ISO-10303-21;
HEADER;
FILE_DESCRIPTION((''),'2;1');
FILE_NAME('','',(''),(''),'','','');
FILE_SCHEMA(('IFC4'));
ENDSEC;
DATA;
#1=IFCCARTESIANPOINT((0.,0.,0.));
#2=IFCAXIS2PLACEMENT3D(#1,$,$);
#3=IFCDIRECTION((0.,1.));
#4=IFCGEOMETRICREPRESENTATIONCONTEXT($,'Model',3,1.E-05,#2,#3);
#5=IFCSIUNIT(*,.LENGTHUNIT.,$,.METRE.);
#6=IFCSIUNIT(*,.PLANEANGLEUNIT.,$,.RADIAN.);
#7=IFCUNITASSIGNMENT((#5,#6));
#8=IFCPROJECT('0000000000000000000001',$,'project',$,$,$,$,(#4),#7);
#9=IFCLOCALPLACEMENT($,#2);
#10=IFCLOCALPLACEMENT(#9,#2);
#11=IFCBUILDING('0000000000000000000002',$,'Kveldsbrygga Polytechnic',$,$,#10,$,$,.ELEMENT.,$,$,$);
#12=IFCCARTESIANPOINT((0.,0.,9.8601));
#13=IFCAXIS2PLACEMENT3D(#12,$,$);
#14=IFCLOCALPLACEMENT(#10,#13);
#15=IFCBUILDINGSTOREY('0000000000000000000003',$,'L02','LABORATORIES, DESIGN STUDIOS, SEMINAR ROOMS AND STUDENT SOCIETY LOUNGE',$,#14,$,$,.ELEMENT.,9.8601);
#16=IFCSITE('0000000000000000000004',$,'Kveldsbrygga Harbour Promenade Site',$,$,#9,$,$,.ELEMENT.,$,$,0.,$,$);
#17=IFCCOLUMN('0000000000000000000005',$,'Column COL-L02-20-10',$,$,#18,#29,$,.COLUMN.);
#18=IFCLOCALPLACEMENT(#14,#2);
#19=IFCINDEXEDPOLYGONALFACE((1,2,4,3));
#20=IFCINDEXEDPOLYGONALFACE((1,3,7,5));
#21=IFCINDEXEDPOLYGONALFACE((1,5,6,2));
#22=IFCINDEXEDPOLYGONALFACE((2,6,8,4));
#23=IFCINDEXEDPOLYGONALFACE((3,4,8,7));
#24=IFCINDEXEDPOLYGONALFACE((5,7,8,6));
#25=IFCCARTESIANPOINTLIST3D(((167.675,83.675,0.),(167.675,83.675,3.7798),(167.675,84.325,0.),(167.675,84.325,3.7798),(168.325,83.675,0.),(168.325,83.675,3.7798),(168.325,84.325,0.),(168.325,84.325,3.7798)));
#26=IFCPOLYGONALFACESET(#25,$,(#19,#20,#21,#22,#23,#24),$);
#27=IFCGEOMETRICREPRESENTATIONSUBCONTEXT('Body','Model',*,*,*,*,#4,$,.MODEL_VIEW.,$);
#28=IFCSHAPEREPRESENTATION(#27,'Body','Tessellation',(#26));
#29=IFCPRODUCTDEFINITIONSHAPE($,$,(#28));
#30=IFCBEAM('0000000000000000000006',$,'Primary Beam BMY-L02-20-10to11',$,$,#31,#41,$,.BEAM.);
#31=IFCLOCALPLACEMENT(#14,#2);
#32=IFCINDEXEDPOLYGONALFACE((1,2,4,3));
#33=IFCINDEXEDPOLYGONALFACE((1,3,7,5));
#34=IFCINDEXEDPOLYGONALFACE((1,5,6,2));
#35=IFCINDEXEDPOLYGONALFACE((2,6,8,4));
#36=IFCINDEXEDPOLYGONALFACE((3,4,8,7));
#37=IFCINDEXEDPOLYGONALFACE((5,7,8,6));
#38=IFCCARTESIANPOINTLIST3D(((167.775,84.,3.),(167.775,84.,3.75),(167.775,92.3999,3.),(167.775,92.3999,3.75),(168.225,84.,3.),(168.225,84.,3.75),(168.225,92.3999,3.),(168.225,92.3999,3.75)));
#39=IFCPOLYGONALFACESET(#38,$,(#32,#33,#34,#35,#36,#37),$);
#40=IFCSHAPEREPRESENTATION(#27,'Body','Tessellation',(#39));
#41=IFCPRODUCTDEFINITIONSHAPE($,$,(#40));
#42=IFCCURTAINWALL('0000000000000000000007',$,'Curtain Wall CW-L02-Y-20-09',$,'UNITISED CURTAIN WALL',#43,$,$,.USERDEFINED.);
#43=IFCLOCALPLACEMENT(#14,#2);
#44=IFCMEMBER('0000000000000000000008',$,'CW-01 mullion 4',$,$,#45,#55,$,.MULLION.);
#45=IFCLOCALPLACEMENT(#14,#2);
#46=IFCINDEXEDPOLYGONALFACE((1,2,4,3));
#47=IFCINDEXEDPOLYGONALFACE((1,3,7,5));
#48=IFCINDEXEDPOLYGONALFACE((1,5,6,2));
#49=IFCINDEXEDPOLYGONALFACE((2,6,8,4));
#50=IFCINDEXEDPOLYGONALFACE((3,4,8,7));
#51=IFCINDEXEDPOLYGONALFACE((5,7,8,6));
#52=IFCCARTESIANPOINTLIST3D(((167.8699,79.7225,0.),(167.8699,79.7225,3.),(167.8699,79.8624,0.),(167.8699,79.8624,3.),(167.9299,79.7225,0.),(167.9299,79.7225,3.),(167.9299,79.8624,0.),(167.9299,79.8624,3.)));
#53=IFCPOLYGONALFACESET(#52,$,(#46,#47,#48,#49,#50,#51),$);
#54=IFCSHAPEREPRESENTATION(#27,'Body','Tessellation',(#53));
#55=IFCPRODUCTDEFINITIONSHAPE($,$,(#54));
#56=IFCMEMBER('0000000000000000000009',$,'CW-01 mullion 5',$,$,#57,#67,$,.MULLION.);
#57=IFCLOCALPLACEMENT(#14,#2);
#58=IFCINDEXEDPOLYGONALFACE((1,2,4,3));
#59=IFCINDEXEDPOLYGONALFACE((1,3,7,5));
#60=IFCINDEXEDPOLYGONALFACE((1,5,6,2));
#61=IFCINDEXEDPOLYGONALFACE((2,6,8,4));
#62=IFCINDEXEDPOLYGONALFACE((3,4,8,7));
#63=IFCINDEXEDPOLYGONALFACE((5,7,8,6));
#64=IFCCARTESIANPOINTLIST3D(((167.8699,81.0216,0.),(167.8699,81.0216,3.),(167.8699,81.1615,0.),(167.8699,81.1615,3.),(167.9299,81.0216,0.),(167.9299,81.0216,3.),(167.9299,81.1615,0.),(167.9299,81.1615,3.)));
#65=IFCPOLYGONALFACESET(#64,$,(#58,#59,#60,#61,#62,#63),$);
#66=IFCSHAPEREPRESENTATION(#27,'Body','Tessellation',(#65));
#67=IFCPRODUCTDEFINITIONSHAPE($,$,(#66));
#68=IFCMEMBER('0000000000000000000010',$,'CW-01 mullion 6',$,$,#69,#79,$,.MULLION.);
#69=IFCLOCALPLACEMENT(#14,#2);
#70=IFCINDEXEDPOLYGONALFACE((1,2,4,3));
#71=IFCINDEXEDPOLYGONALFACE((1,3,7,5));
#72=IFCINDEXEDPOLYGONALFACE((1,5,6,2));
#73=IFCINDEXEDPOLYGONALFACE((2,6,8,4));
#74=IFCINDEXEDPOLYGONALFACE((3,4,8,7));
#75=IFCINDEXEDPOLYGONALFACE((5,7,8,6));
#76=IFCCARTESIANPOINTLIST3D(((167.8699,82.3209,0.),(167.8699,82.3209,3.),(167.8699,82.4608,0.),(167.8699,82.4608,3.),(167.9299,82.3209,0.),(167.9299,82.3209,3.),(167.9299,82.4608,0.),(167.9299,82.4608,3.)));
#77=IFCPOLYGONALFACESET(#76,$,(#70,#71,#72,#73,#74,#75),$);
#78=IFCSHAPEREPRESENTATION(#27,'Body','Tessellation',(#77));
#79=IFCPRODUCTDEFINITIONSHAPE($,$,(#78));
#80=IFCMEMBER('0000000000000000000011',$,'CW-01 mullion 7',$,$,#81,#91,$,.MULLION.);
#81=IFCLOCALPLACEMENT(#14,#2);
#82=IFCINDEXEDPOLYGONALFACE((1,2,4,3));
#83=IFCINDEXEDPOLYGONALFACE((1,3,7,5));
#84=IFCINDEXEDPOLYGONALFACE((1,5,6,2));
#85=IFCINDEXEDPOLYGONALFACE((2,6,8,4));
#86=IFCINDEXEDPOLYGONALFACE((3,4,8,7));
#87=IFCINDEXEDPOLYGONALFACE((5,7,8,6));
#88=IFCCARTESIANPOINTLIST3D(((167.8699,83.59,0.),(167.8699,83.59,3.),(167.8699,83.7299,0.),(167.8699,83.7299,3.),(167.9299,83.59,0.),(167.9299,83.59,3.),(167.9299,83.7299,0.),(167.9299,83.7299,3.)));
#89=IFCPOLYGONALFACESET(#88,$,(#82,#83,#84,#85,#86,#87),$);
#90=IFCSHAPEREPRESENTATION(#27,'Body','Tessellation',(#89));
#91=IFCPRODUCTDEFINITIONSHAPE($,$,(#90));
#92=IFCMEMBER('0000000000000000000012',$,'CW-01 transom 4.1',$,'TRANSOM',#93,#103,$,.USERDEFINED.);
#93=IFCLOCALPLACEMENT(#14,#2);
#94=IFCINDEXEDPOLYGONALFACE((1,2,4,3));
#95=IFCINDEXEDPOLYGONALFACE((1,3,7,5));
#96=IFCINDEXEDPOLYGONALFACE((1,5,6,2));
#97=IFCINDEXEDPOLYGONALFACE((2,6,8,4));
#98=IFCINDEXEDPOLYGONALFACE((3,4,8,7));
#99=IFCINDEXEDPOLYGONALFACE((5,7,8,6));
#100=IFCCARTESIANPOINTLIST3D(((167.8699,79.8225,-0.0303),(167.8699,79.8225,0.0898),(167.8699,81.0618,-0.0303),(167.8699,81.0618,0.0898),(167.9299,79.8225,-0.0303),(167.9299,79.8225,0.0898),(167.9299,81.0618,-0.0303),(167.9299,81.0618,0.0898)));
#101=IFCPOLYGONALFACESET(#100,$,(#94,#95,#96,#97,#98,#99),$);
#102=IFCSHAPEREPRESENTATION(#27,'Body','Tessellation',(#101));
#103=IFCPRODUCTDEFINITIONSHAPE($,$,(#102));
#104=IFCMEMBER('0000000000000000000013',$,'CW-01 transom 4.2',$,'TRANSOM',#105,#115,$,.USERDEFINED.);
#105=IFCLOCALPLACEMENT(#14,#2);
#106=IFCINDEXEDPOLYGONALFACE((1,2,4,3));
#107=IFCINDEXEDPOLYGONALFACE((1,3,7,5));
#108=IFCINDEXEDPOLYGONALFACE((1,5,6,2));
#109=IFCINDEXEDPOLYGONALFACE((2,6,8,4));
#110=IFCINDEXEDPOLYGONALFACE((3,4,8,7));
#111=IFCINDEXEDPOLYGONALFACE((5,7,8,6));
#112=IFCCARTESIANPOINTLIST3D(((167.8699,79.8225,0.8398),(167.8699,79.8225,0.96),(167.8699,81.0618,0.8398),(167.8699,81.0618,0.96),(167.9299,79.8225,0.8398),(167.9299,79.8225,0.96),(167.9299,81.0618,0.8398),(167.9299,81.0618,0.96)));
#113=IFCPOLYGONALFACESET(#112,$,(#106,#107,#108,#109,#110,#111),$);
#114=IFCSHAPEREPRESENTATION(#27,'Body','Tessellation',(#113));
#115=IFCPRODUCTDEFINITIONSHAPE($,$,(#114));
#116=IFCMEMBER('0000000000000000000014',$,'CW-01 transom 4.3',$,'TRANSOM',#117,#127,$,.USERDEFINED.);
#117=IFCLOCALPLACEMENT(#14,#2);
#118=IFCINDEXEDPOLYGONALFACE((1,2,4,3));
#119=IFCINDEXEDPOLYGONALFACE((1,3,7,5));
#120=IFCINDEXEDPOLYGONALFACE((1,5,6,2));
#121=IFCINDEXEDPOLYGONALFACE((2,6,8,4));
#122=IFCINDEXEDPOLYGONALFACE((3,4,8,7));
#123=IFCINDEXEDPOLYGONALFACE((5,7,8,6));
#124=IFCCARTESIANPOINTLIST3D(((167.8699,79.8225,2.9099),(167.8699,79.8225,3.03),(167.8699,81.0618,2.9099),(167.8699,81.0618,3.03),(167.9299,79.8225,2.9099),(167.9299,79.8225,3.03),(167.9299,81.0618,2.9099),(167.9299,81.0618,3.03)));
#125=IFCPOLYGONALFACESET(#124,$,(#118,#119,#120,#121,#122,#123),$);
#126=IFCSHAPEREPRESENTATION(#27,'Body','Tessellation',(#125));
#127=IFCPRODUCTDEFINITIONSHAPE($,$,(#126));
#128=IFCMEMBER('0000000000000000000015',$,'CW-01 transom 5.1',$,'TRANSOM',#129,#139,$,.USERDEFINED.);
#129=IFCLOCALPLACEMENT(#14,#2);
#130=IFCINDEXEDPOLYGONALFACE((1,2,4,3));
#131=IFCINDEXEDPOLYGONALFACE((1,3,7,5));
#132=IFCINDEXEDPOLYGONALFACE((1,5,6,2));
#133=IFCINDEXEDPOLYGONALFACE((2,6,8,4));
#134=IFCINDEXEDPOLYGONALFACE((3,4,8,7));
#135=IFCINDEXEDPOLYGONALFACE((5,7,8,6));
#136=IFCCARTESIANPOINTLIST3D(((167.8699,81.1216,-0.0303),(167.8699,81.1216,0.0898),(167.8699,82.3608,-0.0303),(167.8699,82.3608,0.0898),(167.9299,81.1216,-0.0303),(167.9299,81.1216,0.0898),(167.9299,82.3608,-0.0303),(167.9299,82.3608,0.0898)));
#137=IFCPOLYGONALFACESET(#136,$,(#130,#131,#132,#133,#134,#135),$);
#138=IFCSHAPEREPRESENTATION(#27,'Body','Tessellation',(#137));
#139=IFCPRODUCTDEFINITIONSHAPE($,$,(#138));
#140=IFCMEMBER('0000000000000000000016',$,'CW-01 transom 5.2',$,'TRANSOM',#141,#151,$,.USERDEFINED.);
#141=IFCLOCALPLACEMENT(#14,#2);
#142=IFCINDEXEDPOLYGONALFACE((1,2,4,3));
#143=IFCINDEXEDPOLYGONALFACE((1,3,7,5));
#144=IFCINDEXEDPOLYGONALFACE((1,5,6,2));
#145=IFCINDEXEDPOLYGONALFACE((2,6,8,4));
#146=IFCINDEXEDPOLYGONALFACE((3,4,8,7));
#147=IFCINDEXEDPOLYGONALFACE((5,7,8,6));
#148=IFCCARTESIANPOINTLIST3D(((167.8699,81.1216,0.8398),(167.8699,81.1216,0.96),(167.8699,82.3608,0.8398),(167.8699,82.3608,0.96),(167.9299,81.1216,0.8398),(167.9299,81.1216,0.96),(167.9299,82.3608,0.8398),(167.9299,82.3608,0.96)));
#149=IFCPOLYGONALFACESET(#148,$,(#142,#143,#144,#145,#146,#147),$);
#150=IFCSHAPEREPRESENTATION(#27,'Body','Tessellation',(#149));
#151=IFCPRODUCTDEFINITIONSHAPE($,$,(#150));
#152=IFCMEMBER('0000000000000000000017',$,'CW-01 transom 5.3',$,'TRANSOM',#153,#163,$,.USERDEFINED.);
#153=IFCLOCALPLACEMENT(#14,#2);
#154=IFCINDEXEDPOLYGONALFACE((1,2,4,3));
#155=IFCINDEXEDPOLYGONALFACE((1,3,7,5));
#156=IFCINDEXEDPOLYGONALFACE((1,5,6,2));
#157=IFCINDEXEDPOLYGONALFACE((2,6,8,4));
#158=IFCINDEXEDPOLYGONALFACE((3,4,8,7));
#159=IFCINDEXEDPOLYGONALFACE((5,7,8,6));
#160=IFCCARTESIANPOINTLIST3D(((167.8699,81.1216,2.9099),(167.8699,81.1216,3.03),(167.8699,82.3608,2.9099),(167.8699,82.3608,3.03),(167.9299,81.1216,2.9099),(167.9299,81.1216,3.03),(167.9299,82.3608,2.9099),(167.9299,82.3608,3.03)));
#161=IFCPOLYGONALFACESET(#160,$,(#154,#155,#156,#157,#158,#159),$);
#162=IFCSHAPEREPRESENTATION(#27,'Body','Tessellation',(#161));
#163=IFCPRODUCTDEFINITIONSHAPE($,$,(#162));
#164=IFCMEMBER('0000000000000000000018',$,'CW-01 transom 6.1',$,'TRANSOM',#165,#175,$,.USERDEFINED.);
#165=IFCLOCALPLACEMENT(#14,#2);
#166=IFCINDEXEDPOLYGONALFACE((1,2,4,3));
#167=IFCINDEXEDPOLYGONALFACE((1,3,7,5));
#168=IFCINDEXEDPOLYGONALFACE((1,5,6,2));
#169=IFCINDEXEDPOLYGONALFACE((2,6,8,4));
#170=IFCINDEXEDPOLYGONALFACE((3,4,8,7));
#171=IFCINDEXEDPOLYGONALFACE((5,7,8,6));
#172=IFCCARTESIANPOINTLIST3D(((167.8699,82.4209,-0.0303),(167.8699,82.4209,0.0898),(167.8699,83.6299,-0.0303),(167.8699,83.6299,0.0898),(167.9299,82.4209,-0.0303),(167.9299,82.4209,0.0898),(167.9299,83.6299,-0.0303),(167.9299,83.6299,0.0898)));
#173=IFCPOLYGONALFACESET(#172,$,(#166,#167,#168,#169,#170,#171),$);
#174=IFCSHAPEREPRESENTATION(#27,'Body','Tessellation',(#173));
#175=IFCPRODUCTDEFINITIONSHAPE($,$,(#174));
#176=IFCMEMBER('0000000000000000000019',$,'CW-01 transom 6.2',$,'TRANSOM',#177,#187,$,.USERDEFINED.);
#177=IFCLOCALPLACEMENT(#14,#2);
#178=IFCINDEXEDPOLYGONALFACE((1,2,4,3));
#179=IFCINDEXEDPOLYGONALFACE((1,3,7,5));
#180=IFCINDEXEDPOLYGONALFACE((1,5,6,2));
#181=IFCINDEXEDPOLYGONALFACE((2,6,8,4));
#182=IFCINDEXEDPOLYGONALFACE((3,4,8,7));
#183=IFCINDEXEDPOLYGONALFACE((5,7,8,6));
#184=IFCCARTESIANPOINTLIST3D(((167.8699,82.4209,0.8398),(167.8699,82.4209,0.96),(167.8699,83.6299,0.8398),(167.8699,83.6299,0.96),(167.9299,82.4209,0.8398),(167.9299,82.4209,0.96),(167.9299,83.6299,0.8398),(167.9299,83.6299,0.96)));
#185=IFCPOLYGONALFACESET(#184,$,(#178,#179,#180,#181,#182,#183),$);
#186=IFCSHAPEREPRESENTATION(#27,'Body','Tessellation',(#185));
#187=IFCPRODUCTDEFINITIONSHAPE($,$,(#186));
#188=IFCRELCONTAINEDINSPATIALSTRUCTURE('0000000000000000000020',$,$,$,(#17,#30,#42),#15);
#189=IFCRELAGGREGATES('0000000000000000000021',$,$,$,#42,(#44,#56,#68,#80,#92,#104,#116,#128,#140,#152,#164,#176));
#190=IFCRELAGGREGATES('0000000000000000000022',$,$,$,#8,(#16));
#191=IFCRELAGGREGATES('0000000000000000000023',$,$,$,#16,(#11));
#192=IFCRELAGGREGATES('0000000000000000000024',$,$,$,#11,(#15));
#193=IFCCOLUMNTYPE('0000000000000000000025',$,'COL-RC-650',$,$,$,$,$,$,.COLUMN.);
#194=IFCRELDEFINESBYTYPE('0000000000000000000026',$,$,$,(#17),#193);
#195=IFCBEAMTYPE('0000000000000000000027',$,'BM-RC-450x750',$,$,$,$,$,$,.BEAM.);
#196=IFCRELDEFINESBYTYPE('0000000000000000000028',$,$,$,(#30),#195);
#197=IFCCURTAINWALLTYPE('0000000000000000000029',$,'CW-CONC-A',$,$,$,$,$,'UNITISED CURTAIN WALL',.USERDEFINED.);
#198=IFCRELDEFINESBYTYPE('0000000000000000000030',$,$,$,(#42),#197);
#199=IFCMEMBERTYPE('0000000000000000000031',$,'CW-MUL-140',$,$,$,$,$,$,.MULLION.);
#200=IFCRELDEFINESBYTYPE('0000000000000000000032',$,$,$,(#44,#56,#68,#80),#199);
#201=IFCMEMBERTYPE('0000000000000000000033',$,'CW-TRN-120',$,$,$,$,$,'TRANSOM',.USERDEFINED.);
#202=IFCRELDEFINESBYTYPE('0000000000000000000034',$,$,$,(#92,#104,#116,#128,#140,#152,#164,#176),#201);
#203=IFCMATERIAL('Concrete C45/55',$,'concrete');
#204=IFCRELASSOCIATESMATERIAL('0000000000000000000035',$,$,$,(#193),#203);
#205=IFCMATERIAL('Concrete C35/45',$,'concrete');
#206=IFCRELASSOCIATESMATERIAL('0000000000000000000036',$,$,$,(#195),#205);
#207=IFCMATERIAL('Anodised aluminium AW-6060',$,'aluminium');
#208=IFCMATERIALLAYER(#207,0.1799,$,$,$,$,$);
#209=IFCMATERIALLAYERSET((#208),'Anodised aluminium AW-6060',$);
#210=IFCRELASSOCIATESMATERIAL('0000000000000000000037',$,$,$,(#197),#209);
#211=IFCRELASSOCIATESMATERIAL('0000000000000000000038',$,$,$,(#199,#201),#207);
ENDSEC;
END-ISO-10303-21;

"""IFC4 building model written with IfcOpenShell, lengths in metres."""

from ifc_helpers import new_model, si_unit, direction, frame, origin, origin_2d, place, context, subcontext, project, spatial, rectangle, extrude, material, layer, layer_set, material_profile, profile_set, type_object, element, aggregate, save


model = new_model("IFC4")

# Units and contexts
model_context = context("Model", 3, precision=1e-05, world=origin(), true_north=direction((0.0, 1.0)))
body_context = subcontext(model_context, "Body", "Model", "MODEL_VIEW")
ifc_project = project(units=[si_unit("LENGTHUNIT", "METRE"), si_unit("PLANEANGLEUNIT", "RADIAN")], contexts=[model_context])

# Site, building, storey
site_placement = place(None, origin())
site = spatial("IfcSite", under=ifc_project, at=site_placement, Name="Kveldsbrygga Harbour Promenade Site", CompositionType="ELEMENT", RefElevation=0.0)
building_placement = place(site_placement, origin())
building = spatial("IfcBuilding", under=site, at=building_placement, Name="Kveldsbrygga Polytechnic", CompositionType="ELEMENT")
storey_placement = place(building_placement, frame((0.0, 0.0, 9.8601)))
storey = spatial("IfcBuildingStorey", under=building, at=storey_placement, Name="L02", Description="LABORATORIES, DESIGN STUDIOS, SEMINAR ROOMS AND STUDENT SOCIETY LOUNGE", CompositionType="ELEMENT", Elevation=9.8601)

# Column
ifc_material_1 = material(Name="Concrete C45/55", Category="concrete")
ifc_material_profile_1 = material_profile(ifc_material_1, rectangle(XDim=0.6499, YDim=0.6499, at=origin_2d()), Name="RC 650x650")
ifc_profile_set_1 = profile_set([ifc_material_profile_1], Name="Concrete C45/55")
column_type = type_object("IfcColumnType", Name="COL-RC-650", PredefinedType="COLUMN", material=ifc_profile_set_1)
column_placement = place(storey_placement, frame((168.0, 84.0, 0.0), z_axis=(0.0, 0.0, 1.0), x_axis=(1.0, 0.0, 0.0)))
element("IfcColumn", 1, at=column_placement, inside=storey, type_object=column_type, Name="Column COL-L02-20-10", PredefinedType="COLUMN", context=body_context, shape_type="SweptSolid", body=[
    extrude(rectangle(XDim=0.6499, YDim=0.6499, at=origin_2d()), origin(), (0.0, 0.0, 1.0), 3.7798),
])

# Beam
ifc_material_2 = material(Name="Concrete C35/45", Category="concrete")
ifc_material_profile_2 = material_profile(ifc_material_2, rectangle(XDim=0.45, YDim=0.75, at=origin_2d()), Name="RC 450x750")
ifc_profile_set_2 = profile_set([ifc_material_profile_2], Name="Concrete C35/45")
beam_type = type_object("IfcBeamType", Name="BM-RC-450x750", PredefinedType="BEAM", material=ifc_profile_set_2)
beam_placement = place(storey_placement, frame((168.0, 84.0, 3.375), z_axis=(0.0, 1.0, 0.0), x_axis=(-1.0, 0.0, 0.0)))
element("IfcBeam", 2, at=beam_placement, inside=storey, type_object=beam_type, Name="Primary Beam BMY-L02-20-10to11", PredefinedType="BEAM", context=body_context, shape_type="SweptSolid", body=[
    extrude(rectangle(XDim=0.45, YDim=0.75, at=origin_2d()), origin(), (0.0, 0.0, 1.0), 8.3999),
])

# Curtain wall, members
ifc_material_3 = material(Name="Anodised aluminium AW-6060", Category="aluminium")
ifc_layer_1 = layer(ifc_material_3, 0.1799)
ifc_layer_set_1 = layer_set([ifc_layer_1], Name="Anodised aluminium AW-6060")
curtain_wall_type = type_object("IfcCurtainWallType", Name="CW-CONC-A", ElementType="UNITISED CURTAIN WALL", PredefinedType="USERDEFINED", material=ifc_layer_set_1)
curtain_wall_placement = place(storey_placement, origin())
curtain_wall = element("IfcCurtainWall", 3, at=curtain_wall_placement, inside=storey, type_object=curtain_wall_type, Name="Curtain Wall CW-L02-Y-20-09", ObjectType="UNITISED CURTAIN WALL", PredefinedType="USERDEFINED")
ifc_material_profile_3 = material_profile(ifc_material_3, rectangle(XDim=0.0601, YDim=0.1399, at=origin_2d()), Name="ALU 60x140")
ifc_profile_set_3 = profile_set([ifc_material_profile_3], Name="Anodised aluminium AW-6060")
member_type_1 = type_object("IfcMemberType", Name="CW-MUL-140", PredefinedType="MULLION", material=ifc_profile_set_3)
member_1_placement = place(storey_placement, frame((167.8999, 79.7925, 0.0), z_axis=(0.0, 0.0, 1.0), x_axis=(-1.0, 0.0, 0.0)))
member_1 = element("IfcMember", 4, at=member_1_placement, type_object=member_type_1, Name="CW-01 mullion 4", PredefinedType="MULLION", context=body_context, shape_type="SweptSolid", body=[
    extrude(rectangle(XDim=0.0601, YDim=0.1399, at=origin_2d()), origin(), (0.0, 0.0, 1.0), 3.0),
])
member_2_placement = place(storey_placement, frame((167.8999, 81.0916, 0.0), z_axis=(0.0, 0.0, 1.0), x_axis=(-1.0, 0.0, 0.0)))
member_2 = element("IfcMember", 5, at=member_2_placement, type_object=member_type_1, Name="CW-01 mullion 5", PredefinedType="MULLION", context=body_context, shape_type="SweptSolid", body=[
    extrude(rectangle(XDim=0.0601, YDim=0.1399, at=origin_2d()), origin(), (0.0, 0.0, 1.0), 3.0),
])
member_3_placement = place(storey_placement, frame((167.8999, 82.3909, 0.0), z_axis=(0.0, 0.0, 1.0), x_axis=(-1.0, 0.0, 0.0)))
member_3 = element("IfcMember", 6, at=member_3_placement, type_object=member_type_1, Name="CW-01 mullion 6", PredefinedType="MULLION", context=body_context, shape_type="SweptSolid", body=[
    extrude(rectangle(XDim=0.0601, YDim=0.1399, at=origin_2d()), origin(), (0.0, 0.0, 1.0), 3.0),
])
member_4_placement = place(storey_placement, frame((167.8999, 83.6599, 0.0), z_axis=(0.0, 0.0, 1.0), x_axis=(-1.0, 0.0, 0.0)))
member_4 = element("IfcMember", 7, at=member_4_placement, type_object=member_type_1, Name="CW-01 mullion 7", PredefinedType="MULLION", context=body_context, shape_type="SweptSolid", body=[
    extrude(rectangle(XDim=0.0601, YDim=0.1399, at=origin_2d()), origin(), (0.0, 0.0, 1.0), 3.0),
])
ifc_material_profile_4 = material_profile(ifc_material_3, rectangle(XDim=0.0601, YDim=0.1201, at=origin_2d()), Name="ALU 60x120")
ifc_profile_set_4 = profile_set([ifc_material_profile_4], Name="Anodised aluminium AW-6060")
member_type_2 = type_object("IfcMemberType", Name="CW-TRN-120", ElementType="TRANSOM", PredefinedType="USERDEFINED", material=ifc_profile_set_4)
member_5_placement = place(storey_placement, frame((167.8999, 79.8225, 0.0298), z_axis=(0.0, 1.0, 0.0), x_axis=(-1.0, 0.0, 0.0)))
member_5 = element("IfcMember", 8, at=member_5_placement, type_object=member_type_2, Name="CW-01 transom 4.1", ObjectType="TRANSOM", PredefinedType="USERDEFINED", context=body_context, shape_type="SweptSolid", body=[
    extrude(rectangle(XDim=0.0601, YDim=0.1201, at=origin_2d()), origin(), (0.0, 0.0, 1.0), 1.2393),
])
member_6_placement = place(storey_placement, frame((167.8999, 79.8225, 0.8999), z_axis=(0.0, 1.0, 0.0), x_axis=(-1.0, 0.0, 0.0)))
member_6 = element("IfcMember", 9, at=member_6_placement, type_object=member_type_2, Name="CW-01 transom 4.2", ObjectType="TRANSOM", PredefinedType="USERDEFINED", context=body_context, shape_type="SweptSolid", body=[
    extrude(rectangle(XDim=0.0601, YDim=0.1201, at=origin_2d()), origin(), (0.0, 0.0, 1.0), 1.2393),
])
member_7_placement = place(storey_placement, frame((167.8999, 79.8225, 2.97), z_axis=(0.0, 1.0, 0.0), x_axis=(-1.0, 0.0, 0.0)))
member_7 = element("IfcMember", 10, at=member_7_placement, type_object=member_type_2, Name="CW-01 transom 4.3", ObjectType="TRANSOM", PredefinedType="USERDEFINED", context=body_context, shape_type="SweptSolid", body=[
    extrude(rectangle(XDim=0.0601, YDim=0.1201, at=origin_2d()), origin(), (0.0, 0.0, 1.0), 1.2393),
])
member_8_placement = place(storey_placement, frame((167.8999, 81.1216, 0.0298), z_axis=(0.0, 1.0, 0.0), x_axis=(-1.0, 0.0, 0.0)))
member_8 = element("IfcMember", 11, at=member_8_placement, type_object=member_type_2, Name="CW-01 transom 5.1", ObjectType="TRANSOM", PredefinedType="USERDEFINED", context=body_context, shape_type="SweptSolid", body=[
    extrude(rectangle(XDim=0.0601, YDim=0.1201, at=origin_2d()), origin(), (0.0, 0.0, 1.0), 1.2393),
])
member_9_placement = place(storey_placement, frame((167.8999, 81.1216, 0.8999), z_axis=(0.0, 1.0, 0.0), x_axis=(-1.0, 0.0, 0.0)))
member_9 = element("IfcMember", 12, at=member_9_placement, type_object=member_type_2, Name="CW-01 transom 5.2", ObjectType="TRANSOM", PredefinedType="USERDEFINED", context=body_context, shape_type="SweptSolid", body=[
    extrude(rectangle(XDim=0.0601, YDim=0.1201, at=origin_2d()), origin(), (0.0, 0.0, 1.0), 1.2393),
])
member_10_placement = place(storey_placement, frame((167.8999, 81.1216, 2.97), z_axis=(0.0, 1.0, 0.0), x_axis=(-1.0, 0.0, 0.0)))
member_10 = element("IfcMember", 13, at=member_10_placement, type_object=member_type_2, Name="CW-01 transom 5.3", ObjectType="TRANSOM", PredefinedType="USERDEFINED", context=body_context, shape_type="SweptSolid", body=[
    extrude(rectangle(XDim=0.0601, YDim=0.1201, at=origin_2d()), origin(), (0.0, 0.0, 1.0), 1.2393),
])
member_11_placement = place(storey_placement, frame((167.8999, 82.4209, 0.0298), z_axis=(0.0, 1.0, 0.0), x_axis=(-1.0, 0.0, 0.0)))
member_11 = element("IfcMember", 14, at=member_11_placement, type_object=member_type_2, Name="CW-01 transom 6.1", ObjectType="TRANSOM", PredefinedType="USERDEFINED", context=body_context, shape_type="SweptSolid", body=[
    extrude(rectangle(XDim=0.0601, YDim=0.1201, at=origin_2d()), origin(), (0.0, 0.0, 1.0), 1.209),
])
member_12_placement = place(storey_placement, frame((167.8999, 82.4209, 0.8999), z_axis=(0.0, 1.0, 0.0), x_axis=(-1.0, 0.0, 0.0)))
member_12 = element("IfcMember", 15, at=member_12_placement, type_object=member_type_2, Name="CW-01 transom 6.2", ObjectType="TRANSOM", PredefinedType="USERDEFINED", context=body_context, shape_type="SweptSolid", body=[
    extrude(rectangle(XDim=0.0601, YDim=0.1201, at=origin_2d()), origin(), (0.0, 0.0, 1.0), 1.209),
])
aggregate(curtain_wall, [member_1, member_2, member_3, member_4, member_5, member_6, member_7, member_8, member_9, member_10, member_11, member_12])

save(model, "model.ifc")
